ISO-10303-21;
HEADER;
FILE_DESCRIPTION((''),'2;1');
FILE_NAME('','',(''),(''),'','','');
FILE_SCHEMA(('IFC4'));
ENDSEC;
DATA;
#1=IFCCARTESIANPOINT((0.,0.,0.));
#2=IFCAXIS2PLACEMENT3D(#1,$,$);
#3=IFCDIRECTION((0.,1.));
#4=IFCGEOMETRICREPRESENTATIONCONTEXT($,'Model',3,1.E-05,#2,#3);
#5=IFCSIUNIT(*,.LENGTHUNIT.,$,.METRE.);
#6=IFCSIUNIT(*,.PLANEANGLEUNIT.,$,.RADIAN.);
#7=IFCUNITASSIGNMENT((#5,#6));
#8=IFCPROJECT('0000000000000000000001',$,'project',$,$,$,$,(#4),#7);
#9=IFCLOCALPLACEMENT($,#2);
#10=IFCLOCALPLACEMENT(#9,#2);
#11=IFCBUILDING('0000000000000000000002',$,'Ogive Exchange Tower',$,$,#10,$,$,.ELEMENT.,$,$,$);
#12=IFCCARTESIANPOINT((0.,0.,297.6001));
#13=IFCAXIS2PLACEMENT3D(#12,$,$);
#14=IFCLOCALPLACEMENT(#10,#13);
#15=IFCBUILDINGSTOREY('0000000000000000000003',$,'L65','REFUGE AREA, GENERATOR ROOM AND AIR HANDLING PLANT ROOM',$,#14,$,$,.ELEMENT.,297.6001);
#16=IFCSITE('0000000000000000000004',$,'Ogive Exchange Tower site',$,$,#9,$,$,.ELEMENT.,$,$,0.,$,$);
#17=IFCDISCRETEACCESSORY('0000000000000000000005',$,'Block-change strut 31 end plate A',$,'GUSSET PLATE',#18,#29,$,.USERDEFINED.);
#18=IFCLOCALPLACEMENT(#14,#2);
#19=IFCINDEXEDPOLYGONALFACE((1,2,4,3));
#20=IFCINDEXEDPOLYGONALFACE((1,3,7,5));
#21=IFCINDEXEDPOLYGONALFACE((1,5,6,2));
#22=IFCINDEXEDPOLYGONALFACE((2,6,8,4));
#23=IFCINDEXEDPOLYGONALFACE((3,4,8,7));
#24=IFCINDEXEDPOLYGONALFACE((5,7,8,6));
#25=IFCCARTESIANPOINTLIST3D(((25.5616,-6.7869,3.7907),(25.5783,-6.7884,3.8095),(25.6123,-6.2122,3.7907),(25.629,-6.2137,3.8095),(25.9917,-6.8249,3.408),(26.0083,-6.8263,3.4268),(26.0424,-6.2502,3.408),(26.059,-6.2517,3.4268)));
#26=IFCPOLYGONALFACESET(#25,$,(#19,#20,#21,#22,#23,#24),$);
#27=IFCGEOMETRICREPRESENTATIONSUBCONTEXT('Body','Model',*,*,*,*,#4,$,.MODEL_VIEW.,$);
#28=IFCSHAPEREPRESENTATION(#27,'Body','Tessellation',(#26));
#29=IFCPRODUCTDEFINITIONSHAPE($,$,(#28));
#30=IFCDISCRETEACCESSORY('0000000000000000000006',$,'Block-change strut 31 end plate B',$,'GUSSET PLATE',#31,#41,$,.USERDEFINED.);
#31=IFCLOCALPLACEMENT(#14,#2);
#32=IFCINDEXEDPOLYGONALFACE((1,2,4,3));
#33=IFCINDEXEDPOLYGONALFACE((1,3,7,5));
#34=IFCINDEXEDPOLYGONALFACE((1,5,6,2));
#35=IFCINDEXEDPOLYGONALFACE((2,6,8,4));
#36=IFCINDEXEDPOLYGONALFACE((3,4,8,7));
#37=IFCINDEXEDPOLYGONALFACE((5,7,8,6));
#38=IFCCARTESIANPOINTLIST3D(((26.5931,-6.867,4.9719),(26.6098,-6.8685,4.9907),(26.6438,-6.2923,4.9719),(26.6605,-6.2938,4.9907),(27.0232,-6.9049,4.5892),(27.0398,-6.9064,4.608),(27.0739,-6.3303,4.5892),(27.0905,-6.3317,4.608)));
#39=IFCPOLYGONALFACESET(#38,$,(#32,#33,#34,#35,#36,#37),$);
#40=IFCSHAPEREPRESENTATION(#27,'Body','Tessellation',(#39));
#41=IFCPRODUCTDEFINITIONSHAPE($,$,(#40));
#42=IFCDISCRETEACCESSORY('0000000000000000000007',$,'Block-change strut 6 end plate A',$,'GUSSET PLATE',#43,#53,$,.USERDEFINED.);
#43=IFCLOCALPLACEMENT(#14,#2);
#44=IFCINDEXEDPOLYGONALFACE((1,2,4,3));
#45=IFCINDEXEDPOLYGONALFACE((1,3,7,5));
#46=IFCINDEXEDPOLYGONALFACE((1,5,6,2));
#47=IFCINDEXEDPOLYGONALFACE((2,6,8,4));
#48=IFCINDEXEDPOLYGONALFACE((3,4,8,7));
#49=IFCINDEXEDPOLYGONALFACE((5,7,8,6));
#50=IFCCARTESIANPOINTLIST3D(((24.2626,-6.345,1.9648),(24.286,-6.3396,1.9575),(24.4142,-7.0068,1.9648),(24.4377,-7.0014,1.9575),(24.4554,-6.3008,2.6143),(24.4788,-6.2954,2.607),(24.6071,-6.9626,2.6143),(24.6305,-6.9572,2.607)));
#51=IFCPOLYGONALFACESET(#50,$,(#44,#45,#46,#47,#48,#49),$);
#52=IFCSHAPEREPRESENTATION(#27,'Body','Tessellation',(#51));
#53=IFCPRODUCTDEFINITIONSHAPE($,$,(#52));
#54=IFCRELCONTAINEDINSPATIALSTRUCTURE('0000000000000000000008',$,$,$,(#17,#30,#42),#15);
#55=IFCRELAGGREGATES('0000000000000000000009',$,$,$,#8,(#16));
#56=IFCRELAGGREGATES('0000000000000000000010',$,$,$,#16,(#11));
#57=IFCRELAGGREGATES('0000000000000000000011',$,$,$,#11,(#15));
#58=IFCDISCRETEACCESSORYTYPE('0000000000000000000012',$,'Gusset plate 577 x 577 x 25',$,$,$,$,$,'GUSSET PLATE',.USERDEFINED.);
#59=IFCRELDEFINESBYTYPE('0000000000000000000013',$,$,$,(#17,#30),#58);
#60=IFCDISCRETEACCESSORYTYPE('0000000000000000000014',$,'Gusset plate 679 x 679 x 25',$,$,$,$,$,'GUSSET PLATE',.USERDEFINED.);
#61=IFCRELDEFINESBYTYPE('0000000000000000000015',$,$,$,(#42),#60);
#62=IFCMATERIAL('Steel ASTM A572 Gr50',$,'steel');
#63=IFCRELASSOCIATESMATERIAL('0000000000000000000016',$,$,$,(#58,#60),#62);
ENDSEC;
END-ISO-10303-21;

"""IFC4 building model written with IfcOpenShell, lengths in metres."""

from ifc_helpers import new_model, si_unit, direction, frame, origin, origin_2d, place, context, subcontext, project, spatial, rectangle, extrude, material, material_profile, profile_set, type_object, element, save


model = new_model("IFC4")

# Units and contexts
model_context = context("Model", 3, precision=1e-05, world=origin(), true_north=direction((0.0, 1.0)))
body_context = subcontext(model_context, "Body", "Model", "MODEL_VIEW")
ifc_project = project(units=[si_unit("LENGTHUNIT", "METRE"), si_unit("PLANEANGLEUNIT", "RADIAN")], contexts=[model_context])

# Site, building, storey
site_placement = place(None, origin())
site = spatial("IfcSite", under=ifc_project, at=site_placement, Name="Ogive Exchange Tower site", CompositionType="ELEMENT", RefElevation=0.0)
building_placement = place(site_placement, origin())
building = spatial("IfcBuilding", under=site, at=building_placement, Name="Ogive Exchange Tower", CompositionType="ELEMENT")
storey_placement = place(building_placement, frame((0.0, 0.0, 297.6001)))
storey = spatial("IfcBuildingStorey", under=building, at=storey_placement, Name="L65", Description="REFUGE AREA, GENERATOR ROOM AND AIR HANDLING PLANT ROOM", CompositionType="ELEMENT", Elevation=297.6001)

# Discrete accessories
ifc_material_1 = material(Name="Steel ASTM A572 Gr50", Category="steel")
ifc_material_profile_1 = material_profile(ifc_material_1, rectangle(XDim=0.5769, YDim=0.5769, at=origin_2d()), Name="PL 577 x 577 x 25")
ifc_profile_set_1 = profile_set([ifc_material_profile_1], Name="Steel ASTM A572 Gr50")
discrete_accessory_type_1 = type_object("IfcDiscreteAccessoryType", Name="Gusset plate 577 x 577 x 25", ElementType="GUSSET PLATE", PredefinedType="USERDEFINED", material=ifc_profile_set_1)
for number, where, z_axis, x_axis, name in (
    (1, (25.802, -6.5186, 3.5994), (0.660817, -0.058307, 0.748278), (0.087894, 0.99613, 0.0), "Block-change strut 31 end plate A"),
    (2, (26.8335, -6.5986, 4.7805), (0.660817, -0.058307, 0.748278), (0.087894, 0.99613, 0.0), "Block-change strut 31 end plate B"),
):
    element("IfcDiscreteAccessory", number, at=place(storey_placement, frame(where, z_axis=z_axis, x_axis=x_axis)), inside=storey, type_object=discrete_accessory_type_1, Name=name, ObjectType="GUSSET PLATE", PredefinedType="USERDEFINED", context=body_context, shape_type="SweptSolid", body=[
        extrude(rectangle(XDim=0.5769, YDim=0.5769, at=origin_2d()), origin(), (0.0, 0.0, 1.0), 0.0251),
    ])
ifc_material_profile_2 = material_profile(ifc_material_1, rectangle(XDim=0.679, YDim=0.679, at=origin_2d()), Name="PL 679 x 679 x 25")
ifc_profile_set_2 = profile_set([ifc_material_profile_2], Name="Steel ASTM A572 Gr50")
discrete_accessory_type_2 = type_object("IfcDiscreteAccessoryType", Name="Gusset plate 679 x 679 x 25", ElementType="GUSSET PLATE", PredefinedType="USERDEFINED", material=ifc_profile_set_2)
discrete_accessory_1_placement = place(storey_placement, frame((24.4583, -6.6484, 2.2822), z_axis=(-0.932434, -0.213683, 0.291386), x_axis=(0.223376, -0.974732, 0.0)))
element("IfcDiscreteAccessory", 3, at=discrete_accessory_1_placement, inside=storey, type_object=discrete_accessory_type_2, Name="Block-change strut 6 end plate A", ObjectType="GUSSET PLATE", PredefinedType="USERDEFINED", context=body_context, shape_type="SweptSolid", body=[
    extrude(rectangle(XDim=0.679, YDim=0.679, at=origin_2d()), origin(), (0.0, 0.0, 1.0), 0.0251),
])

save(model, "model.ifc")
